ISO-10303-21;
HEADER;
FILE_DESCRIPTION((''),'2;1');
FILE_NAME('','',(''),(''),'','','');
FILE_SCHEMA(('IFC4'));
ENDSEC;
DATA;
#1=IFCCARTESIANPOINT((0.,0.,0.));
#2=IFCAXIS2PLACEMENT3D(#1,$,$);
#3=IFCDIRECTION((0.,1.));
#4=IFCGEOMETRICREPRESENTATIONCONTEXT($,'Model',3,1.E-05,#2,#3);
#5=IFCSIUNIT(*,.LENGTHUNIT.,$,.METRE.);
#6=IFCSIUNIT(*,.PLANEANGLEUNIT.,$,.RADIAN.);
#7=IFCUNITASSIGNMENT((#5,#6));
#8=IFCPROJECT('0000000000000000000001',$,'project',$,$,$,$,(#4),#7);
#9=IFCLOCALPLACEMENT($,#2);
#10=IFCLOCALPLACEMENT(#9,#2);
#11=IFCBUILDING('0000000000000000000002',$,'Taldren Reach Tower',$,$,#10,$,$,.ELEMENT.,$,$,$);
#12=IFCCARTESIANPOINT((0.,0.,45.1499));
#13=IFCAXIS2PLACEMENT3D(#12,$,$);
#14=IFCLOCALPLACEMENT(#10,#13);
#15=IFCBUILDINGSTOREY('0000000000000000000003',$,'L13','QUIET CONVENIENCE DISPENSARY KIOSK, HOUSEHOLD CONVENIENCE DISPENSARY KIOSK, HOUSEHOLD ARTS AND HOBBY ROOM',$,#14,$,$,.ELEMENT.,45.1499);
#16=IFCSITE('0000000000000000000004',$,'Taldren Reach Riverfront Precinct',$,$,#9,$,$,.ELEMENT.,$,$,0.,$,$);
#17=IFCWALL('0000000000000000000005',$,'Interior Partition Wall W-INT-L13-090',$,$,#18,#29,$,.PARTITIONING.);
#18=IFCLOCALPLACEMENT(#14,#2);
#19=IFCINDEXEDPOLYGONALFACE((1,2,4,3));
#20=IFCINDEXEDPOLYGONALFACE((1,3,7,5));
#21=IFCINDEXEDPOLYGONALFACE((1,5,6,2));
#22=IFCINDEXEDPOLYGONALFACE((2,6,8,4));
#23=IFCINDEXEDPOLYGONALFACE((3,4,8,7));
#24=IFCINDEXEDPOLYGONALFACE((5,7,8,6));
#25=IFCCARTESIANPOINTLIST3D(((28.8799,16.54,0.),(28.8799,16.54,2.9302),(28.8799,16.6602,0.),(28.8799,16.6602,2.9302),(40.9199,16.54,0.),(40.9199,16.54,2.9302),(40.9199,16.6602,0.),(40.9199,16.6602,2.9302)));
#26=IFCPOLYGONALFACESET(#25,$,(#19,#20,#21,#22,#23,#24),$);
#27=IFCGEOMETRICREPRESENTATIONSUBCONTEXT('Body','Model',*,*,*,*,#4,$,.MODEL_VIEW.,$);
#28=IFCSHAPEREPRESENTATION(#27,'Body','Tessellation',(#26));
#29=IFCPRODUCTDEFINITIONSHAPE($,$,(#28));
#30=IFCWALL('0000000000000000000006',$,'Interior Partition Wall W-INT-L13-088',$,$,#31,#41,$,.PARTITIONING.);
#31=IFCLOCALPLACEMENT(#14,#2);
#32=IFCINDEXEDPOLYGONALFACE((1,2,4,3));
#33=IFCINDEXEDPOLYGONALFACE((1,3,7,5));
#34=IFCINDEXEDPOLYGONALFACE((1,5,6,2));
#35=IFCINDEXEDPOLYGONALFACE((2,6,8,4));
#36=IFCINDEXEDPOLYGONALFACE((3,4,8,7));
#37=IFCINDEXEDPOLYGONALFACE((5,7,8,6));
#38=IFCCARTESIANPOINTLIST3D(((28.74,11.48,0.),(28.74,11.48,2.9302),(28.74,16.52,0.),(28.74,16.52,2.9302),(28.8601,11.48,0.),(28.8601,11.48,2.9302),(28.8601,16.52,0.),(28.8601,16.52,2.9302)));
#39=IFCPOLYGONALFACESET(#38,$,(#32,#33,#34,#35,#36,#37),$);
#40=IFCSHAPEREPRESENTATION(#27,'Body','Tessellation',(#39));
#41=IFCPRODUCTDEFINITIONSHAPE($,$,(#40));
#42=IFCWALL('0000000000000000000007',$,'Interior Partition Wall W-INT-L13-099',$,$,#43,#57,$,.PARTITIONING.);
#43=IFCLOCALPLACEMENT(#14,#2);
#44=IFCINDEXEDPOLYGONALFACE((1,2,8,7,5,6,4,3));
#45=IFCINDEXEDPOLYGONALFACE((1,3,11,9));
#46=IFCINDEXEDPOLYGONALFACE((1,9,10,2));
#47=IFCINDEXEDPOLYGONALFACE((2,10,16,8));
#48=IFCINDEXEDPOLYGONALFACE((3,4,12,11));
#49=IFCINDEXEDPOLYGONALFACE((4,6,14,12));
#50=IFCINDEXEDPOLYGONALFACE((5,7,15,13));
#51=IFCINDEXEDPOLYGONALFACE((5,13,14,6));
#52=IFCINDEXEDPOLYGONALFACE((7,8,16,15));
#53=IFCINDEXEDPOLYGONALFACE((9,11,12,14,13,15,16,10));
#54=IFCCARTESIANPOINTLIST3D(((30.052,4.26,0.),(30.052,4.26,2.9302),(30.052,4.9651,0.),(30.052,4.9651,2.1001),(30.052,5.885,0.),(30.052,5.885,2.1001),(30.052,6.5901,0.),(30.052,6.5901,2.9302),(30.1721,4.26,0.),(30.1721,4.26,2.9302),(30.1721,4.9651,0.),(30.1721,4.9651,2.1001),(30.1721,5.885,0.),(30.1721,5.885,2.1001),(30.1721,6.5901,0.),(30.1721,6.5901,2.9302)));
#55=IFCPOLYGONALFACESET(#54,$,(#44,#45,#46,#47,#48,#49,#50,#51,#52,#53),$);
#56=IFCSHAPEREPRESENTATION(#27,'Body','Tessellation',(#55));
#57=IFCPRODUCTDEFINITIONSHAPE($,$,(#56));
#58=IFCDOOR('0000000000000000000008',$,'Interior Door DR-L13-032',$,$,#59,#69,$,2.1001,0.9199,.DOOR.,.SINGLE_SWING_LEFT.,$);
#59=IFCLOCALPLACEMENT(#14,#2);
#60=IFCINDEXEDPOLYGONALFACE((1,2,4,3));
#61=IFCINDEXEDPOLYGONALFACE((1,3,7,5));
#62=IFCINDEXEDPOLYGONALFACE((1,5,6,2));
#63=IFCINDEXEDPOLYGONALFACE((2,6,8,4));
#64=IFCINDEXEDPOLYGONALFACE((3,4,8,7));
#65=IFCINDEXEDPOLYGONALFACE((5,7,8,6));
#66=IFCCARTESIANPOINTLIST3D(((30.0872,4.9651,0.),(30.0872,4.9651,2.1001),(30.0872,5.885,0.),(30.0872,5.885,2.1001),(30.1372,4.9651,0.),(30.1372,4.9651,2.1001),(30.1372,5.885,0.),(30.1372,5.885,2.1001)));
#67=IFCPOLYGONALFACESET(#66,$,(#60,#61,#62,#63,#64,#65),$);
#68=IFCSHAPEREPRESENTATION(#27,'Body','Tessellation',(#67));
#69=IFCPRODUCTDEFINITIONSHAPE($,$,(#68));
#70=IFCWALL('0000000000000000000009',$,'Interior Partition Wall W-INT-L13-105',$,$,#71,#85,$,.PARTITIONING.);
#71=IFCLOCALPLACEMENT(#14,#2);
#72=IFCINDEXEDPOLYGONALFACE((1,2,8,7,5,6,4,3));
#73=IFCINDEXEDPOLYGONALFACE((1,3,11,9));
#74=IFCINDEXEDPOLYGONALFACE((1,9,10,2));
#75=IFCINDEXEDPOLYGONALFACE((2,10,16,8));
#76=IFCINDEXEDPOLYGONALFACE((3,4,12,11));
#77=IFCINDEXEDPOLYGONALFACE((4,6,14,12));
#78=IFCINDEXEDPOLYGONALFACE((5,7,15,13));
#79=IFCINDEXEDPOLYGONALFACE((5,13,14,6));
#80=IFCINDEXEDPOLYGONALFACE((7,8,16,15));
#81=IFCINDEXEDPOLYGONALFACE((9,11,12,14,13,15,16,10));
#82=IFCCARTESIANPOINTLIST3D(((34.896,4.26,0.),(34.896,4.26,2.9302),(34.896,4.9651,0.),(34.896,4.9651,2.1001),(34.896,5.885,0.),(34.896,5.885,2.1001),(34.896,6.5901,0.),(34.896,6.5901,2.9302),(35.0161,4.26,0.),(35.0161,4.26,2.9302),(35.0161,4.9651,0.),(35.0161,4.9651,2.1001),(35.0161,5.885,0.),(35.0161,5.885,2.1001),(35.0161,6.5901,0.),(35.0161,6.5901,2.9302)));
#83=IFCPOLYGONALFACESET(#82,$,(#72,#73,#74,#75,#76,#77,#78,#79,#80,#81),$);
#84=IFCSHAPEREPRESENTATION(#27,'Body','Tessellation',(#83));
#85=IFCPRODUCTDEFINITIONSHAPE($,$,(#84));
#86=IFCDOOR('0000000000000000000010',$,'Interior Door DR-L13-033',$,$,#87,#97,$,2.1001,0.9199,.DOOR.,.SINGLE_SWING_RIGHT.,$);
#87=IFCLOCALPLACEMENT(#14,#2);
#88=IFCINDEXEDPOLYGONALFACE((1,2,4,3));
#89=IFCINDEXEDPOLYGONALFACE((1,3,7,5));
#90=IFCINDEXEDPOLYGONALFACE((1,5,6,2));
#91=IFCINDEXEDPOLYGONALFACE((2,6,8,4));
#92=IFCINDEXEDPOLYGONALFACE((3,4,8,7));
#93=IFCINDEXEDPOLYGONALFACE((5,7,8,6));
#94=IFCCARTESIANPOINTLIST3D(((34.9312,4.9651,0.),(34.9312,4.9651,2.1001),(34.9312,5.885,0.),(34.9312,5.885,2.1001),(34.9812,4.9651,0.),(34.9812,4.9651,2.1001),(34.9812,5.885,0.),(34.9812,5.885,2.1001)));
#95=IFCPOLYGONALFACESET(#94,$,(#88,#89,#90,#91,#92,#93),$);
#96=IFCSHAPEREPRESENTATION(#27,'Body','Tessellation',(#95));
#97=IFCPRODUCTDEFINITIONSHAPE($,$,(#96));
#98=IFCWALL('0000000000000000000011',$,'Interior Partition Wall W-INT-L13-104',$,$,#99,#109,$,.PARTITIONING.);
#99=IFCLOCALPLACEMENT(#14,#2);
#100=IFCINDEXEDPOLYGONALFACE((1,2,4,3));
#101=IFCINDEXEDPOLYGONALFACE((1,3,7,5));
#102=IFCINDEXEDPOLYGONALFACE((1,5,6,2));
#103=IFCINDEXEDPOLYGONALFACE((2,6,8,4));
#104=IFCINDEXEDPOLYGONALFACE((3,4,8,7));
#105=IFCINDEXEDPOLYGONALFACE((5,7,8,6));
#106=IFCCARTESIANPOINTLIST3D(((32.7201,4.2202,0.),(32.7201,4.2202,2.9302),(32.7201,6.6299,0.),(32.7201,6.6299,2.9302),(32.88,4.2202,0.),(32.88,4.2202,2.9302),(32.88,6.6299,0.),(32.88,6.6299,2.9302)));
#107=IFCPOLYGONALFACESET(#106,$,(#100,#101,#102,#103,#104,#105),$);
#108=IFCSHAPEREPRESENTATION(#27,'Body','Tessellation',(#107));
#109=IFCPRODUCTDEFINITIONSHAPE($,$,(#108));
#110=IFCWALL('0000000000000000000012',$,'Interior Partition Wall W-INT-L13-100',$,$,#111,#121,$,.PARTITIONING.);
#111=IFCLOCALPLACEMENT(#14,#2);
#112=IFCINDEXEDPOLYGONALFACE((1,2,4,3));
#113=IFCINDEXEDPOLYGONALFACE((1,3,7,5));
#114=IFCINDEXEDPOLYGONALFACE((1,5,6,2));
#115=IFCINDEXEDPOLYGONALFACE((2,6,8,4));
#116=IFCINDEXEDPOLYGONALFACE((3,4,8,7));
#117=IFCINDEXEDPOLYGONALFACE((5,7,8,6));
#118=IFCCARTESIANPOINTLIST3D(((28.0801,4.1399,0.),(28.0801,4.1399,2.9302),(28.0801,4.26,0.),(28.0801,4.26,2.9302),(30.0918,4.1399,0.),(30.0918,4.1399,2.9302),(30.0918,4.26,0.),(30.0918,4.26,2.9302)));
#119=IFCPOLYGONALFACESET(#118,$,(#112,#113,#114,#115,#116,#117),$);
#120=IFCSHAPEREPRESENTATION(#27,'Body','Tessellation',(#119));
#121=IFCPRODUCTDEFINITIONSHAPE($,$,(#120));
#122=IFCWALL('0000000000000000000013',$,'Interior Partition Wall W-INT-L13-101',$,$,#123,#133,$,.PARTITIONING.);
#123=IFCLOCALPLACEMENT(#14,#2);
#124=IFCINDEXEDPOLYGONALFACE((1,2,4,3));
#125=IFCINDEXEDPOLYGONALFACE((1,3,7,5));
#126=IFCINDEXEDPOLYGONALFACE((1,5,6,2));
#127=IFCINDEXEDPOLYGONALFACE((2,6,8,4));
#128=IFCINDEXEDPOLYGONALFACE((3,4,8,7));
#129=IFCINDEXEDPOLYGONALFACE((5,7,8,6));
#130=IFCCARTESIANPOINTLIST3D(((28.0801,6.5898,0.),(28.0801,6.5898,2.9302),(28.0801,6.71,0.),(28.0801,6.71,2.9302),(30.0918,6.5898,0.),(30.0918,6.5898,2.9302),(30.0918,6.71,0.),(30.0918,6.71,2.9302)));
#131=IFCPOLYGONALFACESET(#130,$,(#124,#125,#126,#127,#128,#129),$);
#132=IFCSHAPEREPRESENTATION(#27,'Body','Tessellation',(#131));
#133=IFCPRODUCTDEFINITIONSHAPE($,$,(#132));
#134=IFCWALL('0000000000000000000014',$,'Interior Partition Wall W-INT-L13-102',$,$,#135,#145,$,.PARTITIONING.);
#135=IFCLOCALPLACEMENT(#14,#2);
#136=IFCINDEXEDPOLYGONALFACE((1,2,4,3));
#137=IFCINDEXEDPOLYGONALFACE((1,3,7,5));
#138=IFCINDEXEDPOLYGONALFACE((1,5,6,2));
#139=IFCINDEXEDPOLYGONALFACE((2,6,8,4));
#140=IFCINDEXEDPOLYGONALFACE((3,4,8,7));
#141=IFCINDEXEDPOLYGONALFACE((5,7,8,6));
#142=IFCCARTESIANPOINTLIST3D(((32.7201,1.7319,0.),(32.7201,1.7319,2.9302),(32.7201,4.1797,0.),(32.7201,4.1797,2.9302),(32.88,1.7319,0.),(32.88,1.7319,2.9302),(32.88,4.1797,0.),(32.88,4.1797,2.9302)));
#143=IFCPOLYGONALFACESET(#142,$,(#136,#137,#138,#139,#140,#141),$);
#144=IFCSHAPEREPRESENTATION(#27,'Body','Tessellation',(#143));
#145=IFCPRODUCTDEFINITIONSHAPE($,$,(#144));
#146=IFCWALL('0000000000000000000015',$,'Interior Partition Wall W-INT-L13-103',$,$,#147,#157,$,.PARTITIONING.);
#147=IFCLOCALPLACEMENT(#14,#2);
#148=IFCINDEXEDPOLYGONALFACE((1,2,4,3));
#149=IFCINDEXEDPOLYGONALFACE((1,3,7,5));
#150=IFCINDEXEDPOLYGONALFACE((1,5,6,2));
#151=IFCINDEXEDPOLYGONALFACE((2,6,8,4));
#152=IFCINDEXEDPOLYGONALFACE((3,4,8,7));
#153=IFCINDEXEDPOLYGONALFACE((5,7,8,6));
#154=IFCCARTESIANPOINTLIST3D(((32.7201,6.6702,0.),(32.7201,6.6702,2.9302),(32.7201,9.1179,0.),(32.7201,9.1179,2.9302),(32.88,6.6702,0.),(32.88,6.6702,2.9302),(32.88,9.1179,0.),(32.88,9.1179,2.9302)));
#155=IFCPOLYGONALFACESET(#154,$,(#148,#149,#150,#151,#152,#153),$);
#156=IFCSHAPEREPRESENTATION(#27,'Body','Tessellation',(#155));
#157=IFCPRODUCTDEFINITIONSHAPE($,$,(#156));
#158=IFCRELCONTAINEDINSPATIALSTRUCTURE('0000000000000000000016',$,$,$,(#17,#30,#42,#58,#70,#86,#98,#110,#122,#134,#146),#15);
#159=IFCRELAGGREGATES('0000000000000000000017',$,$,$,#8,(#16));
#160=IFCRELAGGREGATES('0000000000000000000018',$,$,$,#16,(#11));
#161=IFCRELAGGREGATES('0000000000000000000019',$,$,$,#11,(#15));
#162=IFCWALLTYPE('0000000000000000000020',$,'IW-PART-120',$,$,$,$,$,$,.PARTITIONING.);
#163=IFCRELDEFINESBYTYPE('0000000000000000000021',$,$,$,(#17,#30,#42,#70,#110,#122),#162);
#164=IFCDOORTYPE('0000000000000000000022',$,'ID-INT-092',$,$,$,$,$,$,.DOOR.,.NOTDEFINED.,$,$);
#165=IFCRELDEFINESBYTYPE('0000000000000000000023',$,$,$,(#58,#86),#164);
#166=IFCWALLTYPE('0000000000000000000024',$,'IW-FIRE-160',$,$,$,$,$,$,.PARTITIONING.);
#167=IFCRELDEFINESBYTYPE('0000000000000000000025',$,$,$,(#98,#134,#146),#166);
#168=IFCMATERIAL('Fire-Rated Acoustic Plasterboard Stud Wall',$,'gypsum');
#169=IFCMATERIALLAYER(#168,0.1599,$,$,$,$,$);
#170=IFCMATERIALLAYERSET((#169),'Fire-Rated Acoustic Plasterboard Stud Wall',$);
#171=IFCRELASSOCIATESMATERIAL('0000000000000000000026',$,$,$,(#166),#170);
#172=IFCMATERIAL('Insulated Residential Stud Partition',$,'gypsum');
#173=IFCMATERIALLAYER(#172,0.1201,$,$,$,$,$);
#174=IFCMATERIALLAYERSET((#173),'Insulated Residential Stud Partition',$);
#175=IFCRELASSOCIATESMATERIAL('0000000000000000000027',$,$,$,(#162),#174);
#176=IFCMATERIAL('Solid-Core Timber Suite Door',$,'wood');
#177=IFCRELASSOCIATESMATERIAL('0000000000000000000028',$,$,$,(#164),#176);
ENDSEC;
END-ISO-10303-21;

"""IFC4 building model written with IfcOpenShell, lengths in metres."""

from ifc_helpers import new_model, si_unit, direction, frame, frame_2d, origin, place, context, subcontext, project, spatial, rectangle, extrude, source, transform, mapped, material, layer, layer_set, type_object, element, fill, save


model = new_model("IFC4")

# Units and contexts
model_context = context("Model", 3, precision=1e-05, world=origin(), true_north=direction((0.0, 1.0)))
body_context = subcontext(model_context, "Body", "Model", "MODEL_VIEW")
ifc_project = project(units=[si_unit("LENGTHUNIT", "METRE"), si_unit("PLANEANGLEUNIT", "RADIAN")], contexts=[model_context])

# Site, building, storey
site_placement = place(None, origin())
site = spatial("IfcSite", under=ifc_project, at=site_placement, Name="Taldren Reach Riverfront Precinct", CompositionType="ELEMENT", RefElevation=0.0)
building_placement = place(site_placement, origin())
building = spatial("IfcBuilding", under=site, at=building_placement, Name="Taldren Reach Tower", CompositionType="ELEMENT")
storey_placement = place(building_placement, frame((0.0, 0.0, 45.1499)))
storey = spatial("IfcBuildingStorey", under=building, at=storey_placement, Name="L13", Description="QUIET CONVENIENCE DISPENSARY KIOSK, HOUSEHOLD CONVENIENCE DISPENSARY KIOSK, HOUSEHOLD ARTS AND HOBBY ROOM", CompositionType="ELEMENT", Elevation=45.1499)

# Shared definitions
ifc_material_1 = material(Name="Fire-Rated Acoustic Plasterboard Stud Wall", Category="gypsum")
ifc_layer_1 = layer(ifc_material_1, 0.1599)
ifc_layer_set_1 = layer_set([ifc_layer_1], Name="Fire-Rated Acoustic Plasterboard Stud Wall")
wall_type_1 = type_object("IfcWallType", Name="IW-FIRE-160", PredefinedType="PARTITIONING", material=ifc_layer_set_1)

# Walls
ifc_material_2 = material(Name="Insulated Residential Stud Partition", Category="gypsum")
ifc_layer_2 = layer(ifc_material_2, 0.1201)
ifc_layer_set_2 = layer_set([ifc_layer_2], Name="Insulated Residential Stud Partition")
wall_type_2 = type_object("IfcWallType", Name="IW-PART-120", PredefinedType="PARTITIONING", material=ifc_layer_set_2)
shared_shape_1 = source(origin(), body_context, "Body", "SweptSolid", [
    extrude(rectangle(XDim=12.04, YDim=0.1201, at=frame_2d((6.02, 0.0))), origin(), (0.0, 0.0, 1.0), 2.9302),
])
wall_1_placement = place(storey_placement, frame((28.8799, 16.6001, 0.0), z_axis=(0.0, 0.0, 1.0), x_axis=(1.0, 0.0, 0.0)))
element("IfcWall", 1, at=wall_1_placement, inside=storey, type_object=wall_type_2, Name="Interior Partition Wall W-INT-L13-090", PredefinedType="PARTITIONING", context=body_context, shape_type="MappedRepresentation", body=[
    mapped(shared_shape_1, transform((0.0, 0.0, 0.0), scale=1.0)),
])
shared_shape_2 = source(origin(), body_context, "Body", "SweptSolid", [
    extrude(rectangle(XDim=5.04, YDim=0.1201, at=frame_2d((2.52, 0.0))), origin(), (0.0, 0.0, 1.0), 2.9302),
])
wall_2_placement = place(storey_placement, frame((28.8, 16.52, 0.0), z_axis=(0.0, 0.0, 1.0), x_axis=(0.0, -1.0, 0.0)))
element("IfcWall", 2, at=wall_2_placement, inside=storey, type_object=wall_type_2, Name="Interior Partition Wall W-INT-L13-088", PredefinedType="PARTITIONING", context=body_context, shape_type="MappedRepresentation", body=[
    mapped(shared_shape_2, transform((0.0, 0.0, 0.0), scale=1.0)),
])

# Walls, openings, doors
shared_shape_3 = source(origin(), body_context, "Body", "SweptSolid", [
    extrude(rectangle(XDim=2.3301, YDim=0.1201, at=frame_2d((1.165, 0.0))), origin(), (0.0, 0.0, 1.0), 2.9302),
])
wall_3_placement = place(storey_placement, frame((30.1121, 4.26, 0.0), z_axis=(0.0, 0.0, 1.0), x_axis=(0.0, 1.0, 0.0)))
wall_3 = element("IfcWall", 3, at=wall_3_placement, inside=storey, type_object=wall_type_2, Name="Interior Partition Wall W-INT-L13-099", PredefinedType="PARTITIONING", context=body_context, shape_type="MappedRepresentation", body=[
    mapped(shared_shape_3, transform((0.0, 0.0, 0.0), scale=1.0)),
])
shared_shape_4 = source(origin(), body_context, "Body", "SweptSolid", [
    extrude(rectangle(XDim=0.9199, YDim=2.1001, at=frame_2d((0.46, 1.05))), frame((0.0, 0.0701, 0.0), z_axis=(0.0, -1.0, 0.0), x_axis=(1.0, 0.0, 0.0)), (0.0, 0.0, 1.0), 0.1401),
])
opening_1_placement = place(wall_3_placement, frame((0.7051, 0.0, 0.0)))
opening_1 = element("IfcOpeningElement", 4, at=opening_1_placement, cuts=wall_3, PredefinedType="OPENING", context=body_context, shape_type="MappedRepresentation", body=[
    mapped(shared_shape_4, transform((0.0, 0.0, 0.0), scale=1.0)),
])
ifc_material_3 = material(Name="Solid-Core Timber Suite Door", Category="wood")
door_type_1 = type_object("IfcDoorType", Name="ID-INT-092", OperationType="NOTDEFINED", PredefinedType="DOOR", material=ifc_material_3)
shared_shape_5 = source(origin(), body_context, "Body", "SweptSolid", [
    extrude(rectangle(XDim=0.9199, YDim=2.1001, at=frame_2d((0.46, 1.05))), frame((0.0, 0.0249, 0.0), z_axis=(0.0, -1.0, 0.0), x_axis=(1.0, 0.0, 0.0)), (0.0, 0.0, 1.0), 0.05),
])
door_1_placement = place(opening_1_placement, origin())
door_1 = element("IfcDoor", 5, at=door_1_placement, inside=storey, type_object=door_type_1, Name="Interior Door DR-L13-032", OperationType="SINGLE_SWING_LEFT", OverallHeight=2.1001, OverallWidth=0.9199, PredefinedType="DOOR", context=body_context, shape_type="MappedRepresentation", body=[
    mapped(shared_shape_5, transform((0.0, 0.0, 0.0), scale=1.0)),
])
fill(opening_1, door_1)
wall_4_placement = place(storey_placement, frame((34.9561, 4.26, 0.0), z_axis=(0.0, 0.0, 1.0), x_axis=(0.0, 1.0, 0.0)))
wall_4 = element("IfcWall", 6, at=wall_4_placement, inside=storey, type_object=wall_type_2, Name="Interior Partition Wall W-INT-L13-105", PredefinedType="PARTITIONING", context=body_context, shape_type="MappedRepresentation", body=[
    mapped(shared_shape_3, transform((0.0, 0.0, 0.0), scale=1.0)),
])
opening_2_placement = place(wall_4_placement, frame((0.7051, 0.0, 0.0)))
opening_2 = element("IfcOpeningElement", 7, at=opening_2_placement, cuts=wall_4, PredefinedType="OPENING", context=body_context, shape_type="MappedRepresentation", body=[
    mapped(shared_shape_4, transform((0.0, 0.0, 0.0), scale=1.0)),
])
door_2_placement = place(opening_2_placement, origin())
door_2 = element("IfcDoor", 8, at=door_2_placement, inside=storey, type_object=door_type_1, Name="Interior Door DR-L13-033", OperationType="SINGLE_SWING_RIGHT", OverallHeight=2.1001, OverallWidth=0.9199, PredefinedType="DOOR", context=body_context, shape_type="MappedRepresentation", body=[
    mapped(shared_shape_5, transform((0.0, 0.0, 0.0), scale=1.0)),
])
fill(opening_2, door_2)

# Walls
shared_shape_6 = source(origin(), body_context, "Body", "SweptSolid", [
    extrude(rectangle(XDim=2.4097, YDim=0.1599, at=frame_2d((1.2048, 0.0))), origin(), (0.0, 0.0, 1.0), 2.9302),
])
wall_5_placement = place(storey_placement, frame((32.8, 6.6299, 0.0), z_axis=(0.0, 0.0, 1.0), x_axis=(0.0, -1.0, 0.0)))
element("IfcWall", 9, at=wall_5_placement, inside=storey, type_object=wall_type_1, Name="Interior Partition Wall W-INT-L13-104", PredefinedType="PARTITIONING", context=body_context, shape_type="MappedRepresentation", body=[
    mapped(shared_shape_6, transform((0.0, 0.0, 0.0), scale=1.0)),
])
shared_shape_7 = source(origin(), body_context, "Body", "SweptSolid", [
    extrude(rectangle(XDim=2.0117, YDim=0.1201, at=frame_2d((1.0059, 0.0))), origin(), (0.0, 0.0, 1.0), 2.9302),
])
for number, where, z_axis, x_axis, name in (
    (10, (28.0801, 4.2, 0.0), (0.0, 0.0, 1.0), (1.0, 0.0, 0.0), "Interior Partition Wall W-INT-L13-100"),
    (11, (30.0918, 6.6499, 0.0), (0.0, 0.0, 1.0), (-1.0, 0.0, 0.0), "Interior Partition Wall W-INT-L13-101"),
):
    element("IfcWall", number, at=place(storey_placement, frame(where, z_axis=z_axis, x_axis=x_axis)), inside=storey, type_object=wall_type_2, Name=name, PredefinedType="PARTITIONING", context=body_context, shape_type="MappedRepresentation", body=[
        mapped(shared_shape_7, transform((0.0, 0.0, 0.0), scale=1.0)),
    ])
shared_shape_8 = source(origin(), body_context, "Body", "SweptSolid", [
    extrude(rectangle(XDim=2.4478, YDim=0.1599, at=frame_2d((1.2239, 0.0))), origin(), (0.0, 0.0, 1.0), 2.9302),
])
for number, where, z_axis, x_axis, name in (
    (12, (32.8, 4.1797, 0.0), (0.0, 0.0, 1.0), (0.0, -1.0, 0.0), "Interior Partition Wall W-INT-L13-102"),
    (13, (32.8, 9.1179, 0.0), (0.0, 0.0, 1.0), (0.0, -1.0, 0.0), "Interior Partition Wall W-INT-L13-103"),
):
    element("IfcWall", number, at=place(storey_placement, frame(where, z_axis=z_axis, x_axis=x_axis)), inside=storey, type_object=wall_type_1, Name=name, PredefinedType="PARTITIONING", context=body_context, shape_type="MappedRepresentation", body=[
        mapped(shared_shape_8, transform((0.0, 0.0, 0.0), scale=1.0)),
    ])

save(model, "model.ifc")
